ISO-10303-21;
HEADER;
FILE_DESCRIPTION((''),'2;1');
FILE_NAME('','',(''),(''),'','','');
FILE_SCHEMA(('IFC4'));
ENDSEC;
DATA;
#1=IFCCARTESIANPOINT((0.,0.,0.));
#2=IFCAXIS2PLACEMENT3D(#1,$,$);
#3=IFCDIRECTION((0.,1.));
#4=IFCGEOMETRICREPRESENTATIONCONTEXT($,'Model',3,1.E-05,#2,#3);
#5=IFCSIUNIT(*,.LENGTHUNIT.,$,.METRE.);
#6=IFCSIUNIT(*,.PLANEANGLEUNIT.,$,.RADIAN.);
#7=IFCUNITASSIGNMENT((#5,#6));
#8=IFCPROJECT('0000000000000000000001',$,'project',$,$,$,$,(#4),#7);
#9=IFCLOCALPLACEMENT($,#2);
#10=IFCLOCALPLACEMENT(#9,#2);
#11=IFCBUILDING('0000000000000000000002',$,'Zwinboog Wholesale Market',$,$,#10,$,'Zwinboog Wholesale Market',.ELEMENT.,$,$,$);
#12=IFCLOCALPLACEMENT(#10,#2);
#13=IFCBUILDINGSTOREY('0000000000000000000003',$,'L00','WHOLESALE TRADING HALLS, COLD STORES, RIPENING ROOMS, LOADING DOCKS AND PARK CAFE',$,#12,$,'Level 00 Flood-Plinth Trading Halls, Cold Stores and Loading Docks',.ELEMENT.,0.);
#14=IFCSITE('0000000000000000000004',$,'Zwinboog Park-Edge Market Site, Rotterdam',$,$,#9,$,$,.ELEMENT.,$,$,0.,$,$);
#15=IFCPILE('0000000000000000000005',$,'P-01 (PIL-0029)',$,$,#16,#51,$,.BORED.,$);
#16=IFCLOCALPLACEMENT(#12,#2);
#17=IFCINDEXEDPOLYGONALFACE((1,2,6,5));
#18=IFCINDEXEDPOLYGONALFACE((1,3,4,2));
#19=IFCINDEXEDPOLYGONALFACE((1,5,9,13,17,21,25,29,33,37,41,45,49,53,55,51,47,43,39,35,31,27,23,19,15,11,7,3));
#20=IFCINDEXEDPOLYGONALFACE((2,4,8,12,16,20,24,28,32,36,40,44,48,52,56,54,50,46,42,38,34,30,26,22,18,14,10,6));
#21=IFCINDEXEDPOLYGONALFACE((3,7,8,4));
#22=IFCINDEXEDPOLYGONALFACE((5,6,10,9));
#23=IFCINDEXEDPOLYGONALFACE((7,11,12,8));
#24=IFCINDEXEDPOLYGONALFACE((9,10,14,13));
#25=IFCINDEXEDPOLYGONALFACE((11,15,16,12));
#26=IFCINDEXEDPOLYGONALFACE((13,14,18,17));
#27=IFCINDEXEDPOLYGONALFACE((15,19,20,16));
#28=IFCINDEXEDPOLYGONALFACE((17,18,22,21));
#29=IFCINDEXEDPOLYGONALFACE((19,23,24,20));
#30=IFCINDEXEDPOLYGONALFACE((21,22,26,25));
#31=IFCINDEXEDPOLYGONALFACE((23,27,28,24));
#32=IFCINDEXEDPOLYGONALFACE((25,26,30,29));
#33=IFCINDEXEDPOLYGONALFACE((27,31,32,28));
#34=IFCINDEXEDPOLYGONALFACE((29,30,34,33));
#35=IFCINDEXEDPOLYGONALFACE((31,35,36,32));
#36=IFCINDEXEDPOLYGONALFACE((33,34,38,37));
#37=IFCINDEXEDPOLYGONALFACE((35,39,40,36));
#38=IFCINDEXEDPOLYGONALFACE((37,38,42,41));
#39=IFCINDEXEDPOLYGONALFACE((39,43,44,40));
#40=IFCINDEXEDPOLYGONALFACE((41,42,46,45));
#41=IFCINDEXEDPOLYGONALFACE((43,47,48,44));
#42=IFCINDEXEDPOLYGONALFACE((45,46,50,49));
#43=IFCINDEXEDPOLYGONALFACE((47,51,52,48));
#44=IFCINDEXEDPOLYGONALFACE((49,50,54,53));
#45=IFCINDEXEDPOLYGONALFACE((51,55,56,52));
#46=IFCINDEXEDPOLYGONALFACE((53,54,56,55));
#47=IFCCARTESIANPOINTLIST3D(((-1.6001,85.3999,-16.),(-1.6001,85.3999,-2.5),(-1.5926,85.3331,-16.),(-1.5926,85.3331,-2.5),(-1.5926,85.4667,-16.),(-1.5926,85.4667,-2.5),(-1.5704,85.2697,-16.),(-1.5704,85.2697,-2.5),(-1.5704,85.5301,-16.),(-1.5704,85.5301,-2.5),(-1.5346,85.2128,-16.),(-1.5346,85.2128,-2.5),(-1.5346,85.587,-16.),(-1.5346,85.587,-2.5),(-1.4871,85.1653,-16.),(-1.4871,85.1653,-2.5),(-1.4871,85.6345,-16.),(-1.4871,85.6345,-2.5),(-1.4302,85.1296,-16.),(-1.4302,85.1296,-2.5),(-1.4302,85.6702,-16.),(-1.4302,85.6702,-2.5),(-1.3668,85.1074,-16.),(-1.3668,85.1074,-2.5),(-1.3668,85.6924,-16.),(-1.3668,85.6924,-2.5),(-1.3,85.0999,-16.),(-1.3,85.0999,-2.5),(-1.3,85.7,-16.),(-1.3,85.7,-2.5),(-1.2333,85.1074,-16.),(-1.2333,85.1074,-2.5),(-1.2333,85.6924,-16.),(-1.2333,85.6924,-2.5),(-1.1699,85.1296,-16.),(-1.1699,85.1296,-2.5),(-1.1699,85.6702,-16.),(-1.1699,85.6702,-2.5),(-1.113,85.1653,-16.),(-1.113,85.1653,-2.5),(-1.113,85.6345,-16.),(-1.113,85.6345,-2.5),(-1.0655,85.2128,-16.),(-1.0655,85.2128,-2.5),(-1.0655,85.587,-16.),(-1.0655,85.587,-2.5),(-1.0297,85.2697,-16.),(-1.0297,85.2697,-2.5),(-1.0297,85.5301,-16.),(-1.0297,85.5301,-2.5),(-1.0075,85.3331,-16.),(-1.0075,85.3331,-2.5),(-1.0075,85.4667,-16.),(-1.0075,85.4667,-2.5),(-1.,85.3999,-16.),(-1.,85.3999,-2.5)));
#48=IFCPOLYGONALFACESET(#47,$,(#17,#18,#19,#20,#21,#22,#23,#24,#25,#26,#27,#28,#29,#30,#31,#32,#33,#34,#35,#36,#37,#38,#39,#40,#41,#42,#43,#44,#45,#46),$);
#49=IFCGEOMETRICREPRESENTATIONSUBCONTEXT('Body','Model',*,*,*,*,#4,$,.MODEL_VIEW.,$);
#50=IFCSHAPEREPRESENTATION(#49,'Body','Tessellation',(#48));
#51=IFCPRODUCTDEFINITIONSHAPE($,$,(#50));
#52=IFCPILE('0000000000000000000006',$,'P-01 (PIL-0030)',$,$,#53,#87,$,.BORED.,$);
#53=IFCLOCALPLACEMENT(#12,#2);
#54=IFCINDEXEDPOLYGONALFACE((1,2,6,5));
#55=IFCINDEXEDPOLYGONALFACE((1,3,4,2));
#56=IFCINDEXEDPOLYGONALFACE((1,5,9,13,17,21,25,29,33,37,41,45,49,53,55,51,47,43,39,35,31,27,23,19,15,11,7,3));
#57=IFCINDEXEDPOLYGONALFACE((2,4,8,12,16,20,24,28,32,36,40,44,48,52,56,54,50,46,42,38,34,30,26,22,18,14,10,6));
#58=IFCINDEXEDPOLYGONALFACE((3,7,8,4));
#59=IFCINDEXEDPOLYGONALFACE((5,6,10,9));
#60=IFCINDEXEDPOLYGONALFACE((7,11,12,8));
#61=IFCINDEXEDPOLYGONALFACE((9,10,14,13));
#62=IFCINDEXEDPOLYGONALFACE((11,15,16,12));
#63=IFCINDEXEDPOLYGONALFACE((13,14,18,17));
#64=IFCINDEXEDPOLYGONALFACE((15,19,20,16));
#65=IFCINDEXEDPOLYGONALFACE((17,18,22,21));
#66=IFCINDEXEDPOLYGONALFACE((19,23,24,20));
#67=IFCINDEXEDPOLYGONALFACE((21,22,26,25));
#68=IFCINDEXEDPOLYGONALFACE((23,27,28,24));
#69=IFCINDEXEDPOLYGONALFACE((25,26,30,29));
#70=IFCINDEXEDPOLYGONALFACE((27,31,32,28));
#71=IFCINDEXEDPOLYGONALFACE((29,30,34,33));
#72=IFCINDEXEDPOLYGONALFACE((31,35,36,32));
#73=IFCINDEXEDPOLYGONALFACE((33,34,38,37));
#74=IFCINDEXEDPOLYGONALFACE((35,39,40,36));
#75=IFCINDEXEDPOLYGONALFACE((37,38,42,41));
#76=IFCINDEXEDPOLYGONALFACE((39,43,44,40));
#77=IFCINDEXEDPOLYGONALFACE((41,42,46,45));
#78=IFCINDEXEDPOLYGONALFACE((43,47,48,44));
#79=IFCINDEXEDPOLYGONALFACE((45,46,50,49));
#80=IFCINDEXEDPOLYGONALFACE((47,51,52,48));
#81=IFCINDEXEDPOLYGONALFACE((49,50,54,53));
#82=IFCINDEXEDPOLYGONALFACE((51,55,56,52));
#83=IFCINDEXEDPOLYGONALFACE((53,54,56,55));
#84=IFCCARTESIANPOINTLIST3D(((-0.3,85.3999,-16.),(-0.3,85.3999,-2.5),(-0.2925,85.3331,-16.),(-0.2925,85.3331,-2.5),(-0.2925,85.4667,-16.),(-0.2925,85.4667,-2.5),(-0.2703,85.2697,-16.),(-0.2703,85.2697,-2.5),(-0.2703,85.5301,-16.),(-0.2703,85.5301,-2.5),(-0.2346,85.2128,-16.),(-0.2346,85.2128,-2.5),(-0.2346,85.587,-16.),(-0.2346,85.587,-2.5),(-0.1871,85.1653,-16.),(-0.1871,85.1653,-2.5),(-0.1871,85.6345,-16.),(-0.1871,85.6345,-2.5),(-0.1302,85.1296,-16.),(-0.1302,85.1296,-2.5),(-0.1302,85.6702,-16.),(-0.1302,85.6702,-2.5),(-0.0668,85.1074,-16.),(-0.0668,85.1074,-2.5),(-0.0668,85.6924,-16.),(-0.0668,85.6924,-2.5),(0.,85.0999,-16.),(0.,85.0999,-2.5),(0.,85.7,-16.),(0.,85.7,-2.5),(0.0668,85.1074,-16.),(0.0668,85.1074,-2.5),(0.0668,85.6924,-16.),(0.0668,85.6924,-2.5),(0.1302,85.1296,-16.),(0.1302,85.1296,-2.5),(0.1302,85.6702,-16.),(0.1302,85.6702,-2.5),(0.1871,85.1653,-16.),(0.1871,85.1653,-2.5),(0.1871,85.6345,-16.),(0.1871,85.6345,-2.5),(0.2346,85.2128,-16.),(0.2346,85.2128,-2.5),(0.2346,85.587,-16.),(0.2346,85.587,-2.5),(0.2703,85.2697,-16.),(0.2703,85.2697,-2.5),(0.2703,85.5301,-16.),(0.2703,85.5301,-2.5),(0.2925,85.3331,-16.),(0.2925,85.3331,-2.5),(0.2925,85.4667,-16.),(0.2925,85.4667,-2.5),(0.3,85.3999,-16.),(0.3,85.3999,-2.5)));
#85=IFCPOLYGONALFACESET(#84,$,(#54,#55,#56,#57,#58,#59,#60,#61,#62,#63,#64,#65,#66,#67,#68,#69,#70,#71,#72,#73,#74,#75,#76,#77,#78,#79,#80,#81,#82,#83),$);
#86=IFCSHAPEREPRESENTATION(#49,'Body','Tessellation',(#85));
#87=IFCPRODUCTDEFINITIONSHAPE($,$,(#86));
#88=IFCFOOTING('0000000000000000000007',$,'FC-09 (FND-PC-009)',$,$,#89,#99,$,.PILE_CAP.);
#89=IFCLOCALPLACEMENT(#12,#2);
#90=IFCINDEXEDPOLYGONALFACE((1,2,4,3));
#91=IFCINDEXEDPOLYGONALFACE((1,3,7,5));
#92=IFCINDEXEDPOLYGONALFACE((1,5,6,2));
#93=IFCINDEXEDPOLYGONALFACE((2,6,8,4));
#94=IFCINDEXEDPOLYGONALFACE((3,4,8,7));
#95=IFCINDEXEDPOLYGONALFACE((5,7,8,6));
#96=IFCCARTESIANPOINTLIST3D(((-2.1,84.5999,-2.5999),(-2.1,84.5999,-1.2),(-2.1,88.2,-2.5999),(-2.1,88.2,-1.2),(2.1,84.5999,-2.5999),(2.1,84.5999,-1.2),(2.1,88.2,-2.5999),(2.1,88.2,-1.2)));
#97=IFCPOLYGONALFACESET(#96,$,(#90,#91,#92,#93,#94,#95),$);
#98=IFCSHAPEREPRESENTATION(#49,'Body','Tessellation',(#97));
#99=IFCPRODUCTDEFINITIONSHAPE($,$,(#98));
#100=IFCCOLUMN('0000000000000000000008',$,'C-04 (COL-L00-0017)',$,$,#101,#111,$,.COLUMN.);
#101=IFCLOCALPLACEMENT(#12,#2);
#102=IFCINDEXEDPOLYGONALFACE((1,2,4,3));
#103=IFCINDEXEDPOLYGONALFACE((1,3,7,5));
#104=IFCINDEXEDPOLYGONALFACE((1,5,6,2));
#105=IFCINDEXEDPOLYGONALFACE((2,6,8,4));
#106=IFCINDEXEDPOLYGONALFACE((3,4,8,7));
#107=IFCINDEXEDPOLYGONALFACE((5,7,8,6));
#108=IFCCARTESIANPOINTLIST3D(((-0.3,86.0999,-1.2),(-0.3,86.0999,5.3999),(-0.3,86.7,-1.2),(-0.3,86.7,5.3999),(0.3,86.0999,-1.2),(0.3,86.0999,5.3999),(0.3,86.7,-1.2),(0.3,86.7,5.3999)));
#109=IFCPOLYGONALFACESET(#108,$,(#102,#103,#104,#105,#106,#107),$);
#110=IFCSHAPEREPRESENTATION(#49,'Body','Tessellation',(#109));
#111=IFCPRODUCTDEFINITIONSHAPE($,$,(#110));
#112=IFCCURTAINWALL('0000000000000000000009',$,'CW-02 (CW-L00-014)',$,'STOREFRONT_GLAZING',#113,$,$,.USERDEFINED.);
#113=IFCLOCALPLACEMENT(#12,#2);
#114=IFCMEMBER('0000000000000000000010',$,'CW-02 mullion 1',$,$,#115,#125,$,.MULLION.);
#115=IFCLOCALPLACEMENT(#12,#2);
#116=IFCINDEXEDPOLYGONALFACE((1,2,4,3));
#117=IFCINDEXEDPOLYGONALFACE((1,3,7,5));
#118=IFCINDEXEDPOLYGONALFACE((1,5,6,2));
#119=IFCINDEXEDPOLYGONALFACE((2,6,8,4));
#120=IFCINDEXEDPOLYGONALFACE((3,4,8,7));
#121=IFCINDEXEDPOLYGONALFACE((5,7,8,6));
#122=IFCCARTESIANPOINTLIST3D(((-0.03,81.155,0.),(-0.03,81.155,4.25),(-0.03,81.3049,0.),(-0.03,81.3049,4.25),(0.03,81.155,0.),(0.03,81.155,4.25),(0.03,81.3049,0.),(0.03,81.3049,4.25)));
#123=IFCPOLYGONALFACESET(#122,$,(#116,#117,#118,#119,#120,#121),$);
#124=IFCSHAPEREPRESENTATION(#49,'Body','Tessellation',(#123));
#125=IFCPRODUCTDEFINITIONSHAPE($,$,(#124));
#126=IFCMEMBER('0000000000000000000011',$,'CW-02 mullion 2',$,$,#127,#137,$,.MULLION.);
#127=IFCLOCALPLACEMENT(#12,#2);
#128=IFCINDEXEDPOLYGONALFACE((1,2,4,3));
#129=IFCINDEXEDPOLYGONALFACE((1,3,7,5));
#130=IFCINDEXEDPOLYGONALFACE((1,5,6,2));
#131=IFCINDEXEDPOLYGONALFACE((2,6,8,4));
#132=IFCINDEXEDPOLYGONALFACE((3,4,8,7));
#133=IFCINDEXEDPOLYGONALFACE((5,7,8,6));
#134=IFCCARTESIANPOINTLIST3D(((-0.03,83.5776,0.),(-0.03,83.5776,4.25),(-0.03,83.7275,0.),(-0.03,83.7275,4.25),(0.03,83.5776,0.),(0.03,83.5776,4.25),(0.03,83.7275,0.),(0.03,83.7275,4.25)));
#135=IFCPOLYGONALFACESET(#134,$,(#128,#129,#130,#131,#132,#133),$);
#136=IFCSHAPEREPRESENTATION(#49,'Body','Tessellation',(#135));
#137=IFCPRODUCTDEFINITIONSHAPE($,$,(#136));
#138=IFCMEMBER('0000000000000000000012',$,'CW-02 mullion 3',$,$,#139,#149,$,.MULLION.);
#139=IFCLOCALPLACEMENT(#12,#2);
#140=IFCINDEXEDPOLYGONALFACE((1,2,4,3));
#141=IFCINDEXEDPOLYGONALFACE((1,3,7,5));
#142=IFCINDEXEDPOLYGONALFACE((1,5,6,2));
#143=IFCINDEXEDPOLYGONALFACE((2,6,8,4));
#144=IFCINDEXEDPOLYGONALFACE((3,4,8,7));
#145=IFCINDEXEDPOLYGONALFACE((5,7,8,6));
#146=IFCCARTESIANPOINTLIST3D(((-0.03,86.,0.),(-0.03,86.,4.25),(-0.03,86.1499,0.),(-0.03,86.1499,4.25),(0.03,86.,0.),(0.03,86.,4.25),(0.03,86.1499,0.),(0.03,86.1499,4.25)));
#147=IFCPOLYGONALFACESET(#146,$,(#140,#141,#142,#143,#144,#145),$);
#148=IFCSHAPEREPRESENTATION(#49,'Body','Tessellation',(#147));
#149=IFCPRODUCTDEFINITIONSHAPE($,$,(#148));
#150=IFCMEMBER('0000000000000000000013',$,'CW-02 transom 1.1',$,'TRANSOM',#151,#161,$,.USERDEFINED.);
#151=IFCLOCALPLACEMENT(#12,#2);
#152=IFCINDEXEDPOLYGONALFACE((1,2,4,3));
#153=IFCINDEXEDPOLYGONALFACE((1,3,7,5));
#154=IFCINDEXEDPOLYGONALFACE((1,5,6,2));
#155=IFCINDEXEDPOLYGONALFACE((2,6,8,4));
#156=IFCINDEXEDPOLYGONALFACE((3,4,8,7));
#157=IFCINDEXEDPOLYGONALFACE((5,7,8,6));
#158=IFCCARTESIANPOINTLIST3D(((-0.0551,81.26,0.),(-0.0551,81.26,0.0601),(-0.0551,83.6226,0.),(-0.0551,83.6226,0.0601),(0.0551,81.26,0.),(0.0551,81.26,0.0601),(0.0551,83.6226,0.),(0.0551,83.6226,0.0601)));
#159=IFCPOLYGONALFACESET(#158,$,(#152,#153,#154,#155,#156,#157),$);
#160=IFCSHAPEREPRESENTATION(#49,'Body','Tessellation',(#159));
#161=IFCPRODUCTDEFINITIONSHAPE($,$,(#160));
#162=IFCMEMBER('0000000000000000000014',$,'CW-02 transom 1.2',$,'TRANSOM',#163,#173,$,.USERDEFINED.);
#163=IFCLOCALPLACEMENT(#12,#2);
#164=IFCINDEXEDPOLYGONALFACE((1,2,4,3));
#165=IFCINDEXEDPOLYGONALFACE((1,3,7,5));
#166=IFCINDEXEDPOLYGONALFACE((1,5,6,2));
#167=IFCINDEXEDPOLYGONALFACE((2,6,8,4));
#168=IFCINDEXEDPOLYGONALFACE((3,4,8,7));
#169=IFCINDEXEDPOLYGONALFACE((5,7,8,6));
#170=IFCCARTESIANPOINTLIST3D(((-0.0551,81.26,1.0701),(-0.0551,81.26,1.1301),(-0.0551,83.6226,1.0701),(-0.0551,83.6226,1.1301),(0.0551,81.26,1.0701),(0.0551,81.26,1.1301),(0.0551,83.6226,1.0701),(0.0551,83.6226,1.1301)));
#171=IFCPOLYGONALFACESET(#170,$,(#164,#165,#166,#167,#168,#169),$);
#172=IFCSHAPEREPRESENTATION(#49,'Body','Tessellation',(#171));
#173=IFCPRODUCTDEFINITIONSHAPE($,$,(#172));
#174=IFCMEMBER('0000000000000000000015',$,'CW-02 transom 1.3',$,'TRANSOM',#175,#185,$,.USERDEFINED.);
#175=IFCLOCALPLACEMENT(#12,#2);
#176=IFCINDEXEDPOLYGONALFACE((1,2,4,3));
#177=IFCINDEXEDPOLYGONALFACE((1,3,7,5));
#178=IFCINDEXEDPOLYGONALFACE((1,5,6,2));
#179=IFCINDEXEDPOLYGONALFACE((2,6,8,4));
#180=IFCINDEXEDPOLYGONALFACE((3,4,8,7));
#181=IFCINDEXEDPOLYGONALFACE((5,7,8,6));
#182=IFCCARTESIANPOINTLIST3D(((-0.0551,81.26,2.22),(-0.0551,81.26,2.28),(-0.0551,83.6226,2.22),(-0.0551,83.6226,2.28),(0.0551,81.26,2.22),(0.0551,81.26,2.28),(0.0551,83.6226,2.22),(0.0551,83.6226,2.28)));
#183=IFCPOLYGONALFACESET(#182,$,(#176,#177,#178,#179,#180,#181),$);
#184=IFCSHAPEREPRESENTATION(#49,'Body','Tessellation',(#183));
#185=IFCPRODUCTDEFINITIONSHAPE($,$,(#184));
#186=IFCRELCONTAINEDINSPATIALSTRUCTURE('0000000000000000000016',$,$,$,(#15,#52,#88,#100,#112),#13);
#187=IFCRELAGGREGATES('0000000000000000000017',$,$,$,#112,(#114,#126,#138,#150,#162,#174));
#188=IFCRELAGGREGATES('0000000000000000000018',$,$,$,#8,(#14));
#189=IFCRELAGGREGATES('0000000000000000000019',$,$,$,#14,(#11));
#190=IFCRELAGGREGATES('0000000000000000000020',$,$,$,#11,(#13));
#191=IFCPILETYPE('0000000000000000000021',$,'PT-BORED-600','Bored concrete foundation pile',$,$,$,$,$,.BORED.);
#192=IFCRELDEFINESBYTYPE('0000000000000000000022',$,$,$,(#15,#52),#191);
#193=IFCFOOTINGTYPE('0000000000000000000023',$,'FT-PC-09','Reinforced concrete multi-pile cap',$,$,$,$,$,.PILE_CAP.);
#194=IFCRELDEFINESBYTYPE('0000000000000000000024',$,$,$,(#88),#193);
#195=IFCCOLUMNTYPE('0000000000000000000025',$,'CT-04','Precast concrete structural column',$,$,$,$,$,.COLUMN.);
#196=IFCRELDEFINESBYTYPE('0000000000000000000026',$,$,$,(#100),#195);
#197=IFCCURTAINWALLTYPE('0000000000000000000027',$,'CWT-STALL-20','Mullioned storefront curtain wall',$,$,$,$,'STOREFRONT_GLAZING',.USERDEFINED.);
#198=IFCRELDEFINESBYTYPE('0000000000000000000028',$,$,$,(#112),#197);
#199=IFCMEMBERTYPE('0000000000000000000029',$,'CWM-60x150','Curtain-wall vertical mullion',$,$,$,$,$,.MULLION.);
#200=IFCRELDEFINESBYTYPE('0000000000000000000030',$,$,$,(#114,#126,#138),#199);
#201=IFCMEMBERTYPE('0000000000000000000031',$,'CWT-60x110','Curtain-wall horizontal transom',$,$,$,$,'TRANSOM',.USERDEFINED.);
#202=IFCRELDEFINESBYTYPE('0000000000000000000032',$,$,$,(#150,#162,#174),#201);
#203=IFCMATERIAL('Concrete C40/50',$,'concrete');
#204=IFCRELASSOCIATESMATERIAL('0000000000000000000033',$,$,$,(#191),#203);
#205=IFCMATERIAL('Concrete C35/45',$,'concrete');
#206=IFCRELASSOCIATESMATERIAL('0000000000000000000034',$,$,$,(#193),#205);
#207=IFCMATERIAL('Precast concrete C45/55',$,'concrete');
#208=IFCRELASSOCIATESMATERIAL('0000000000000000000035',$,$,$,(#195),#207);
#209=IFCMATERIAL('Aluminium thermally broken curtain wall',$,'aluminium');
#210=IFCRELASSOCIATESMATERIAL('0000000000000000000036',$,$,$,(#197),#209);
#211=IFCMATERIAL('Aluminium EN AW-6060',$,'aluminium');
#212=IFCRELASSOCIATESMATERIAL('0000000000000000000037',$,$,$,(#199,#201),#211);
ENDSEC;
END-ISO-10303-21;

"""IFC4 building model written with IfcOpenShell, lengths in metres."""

from ifc_helpers import new_model, si_unit, direction, frame, origin, origin_2d, place, context, subcontext, project, spatial, rectangle, circle, extrude, material, material_profile, profile_set, type_object, element, aggregate, save


model = new_model("IFC4")

# Units and contexts
model_context = context("Model", 3, precision=1e-05, world=origin(), true_north=direction((0.0, 1.0)))
body_context = subcontext(model_context, "Body", "Model", "MODEL_VIEW")
ifc_project = project(units=[si_unit("LENGTHUNIT", "METRE"), si_unit("PLANEANGLEUNIT", "RADIAN")], contexts=[model_context])

# Site, building, storey
site_placement = place(None, origin())
site = spatial("IfcSite", under=ifc_project, at=site_placement, Name="Zwinboog Park-Edge Market Site, Rotterdam", CompositionType="ELEMENT", RefElevation=0.0)
building_placement = place(site_placement, origin())
building = spatial("IfcBuilding", under=site, at=building_placement, Name="Zwinboog Wholesale Market", LongName="Zwinboog Wholesale Market", CompositionType="ELEMENT")
storey_placement = place(building_placement, origin())
storey = spatial("IfcBuildingStorey", under=building, at=storey_placement, Name="L00", Description="WHOLESALE TRADING HALLS, COLD STORES, RIPENING ROOMS, LOADING DOCKS AND PARK CAFE", LongName="Level 00 Flood-Plinth Trading Halls, Cold Stores and Loading Docks", CompositionType="ELEMENT", Elevation=0.0)

# Piles
ifc_material_1 = material(Name="Concrete C40/50", Category="concrete")
ifc_material_profile_1 = material_profile(ifc_material_1, circle(Radius=0.3, at=origin_2d()), Name="PILE D600")
ifc_profile_set_1 = profile_set([ifc_material_profile_1], Name="Concrete C40/50")
pile_type = type_object("IfcPileType", Name="PT-BORED-600", Description="Bored concrete foundation pile", PredefinedType="BORED", material=ifc_profile_set_1)
for number, where, z_axis, x_axis, name in (
    (1, (-1.3, 85.3999, -2.5), (0.0, 0.0, -1.0), (1.0, 0.0, 0.0), "P-01 (PIL-0029)"),
    (2, (0.0, 85.3999, -2.5), (0.0, 0.0, -1.0), (1.0, 0.0, 0.0), "P-01 (PIL-0030)"),
):
    element("IfcPile", number, at=place(storey_placement, frame(where, z_axis=z_axis, x_axis=x_axis)), inside=storey, type_object=pile_type, Name=name, PredefinedType="BORED", context=body_context, shape_type="SweptSolid", body=[
        extrude(circle(Radius=0.3, at=origin_2d()), origin(), (0.0, 0.0, 1.0), 13.5),
    ])

# Footing
ifc_material_2 = material(Name="Concrete C35/45", Category="concrete")
footing_type = type_object("IfcFootingType", Name="FT-PC-09", Description="Reinforced concrete multi-pile cap", PredefinedType="PILE_CAP", material=ifc_material_2)
footing_placement = place(storey_placement, frame((0.0, 86.3999, -2.5999), z_axis=(0.0, 0.0, 1.0), x_axis=(1.0, 0.0, 0.0)))
element("IfcFooting", 3, at=footing_placement, inside=storey, type_object=footing_type, Name="FC-09 (FND-PC-009)", PredefinedType="PILE_CAP", context=body_context, shape_type="SweptSolid", body=[
    extrude(rectangle(XDim=4.2, YDim=3.6001, at=origin_2d()), origin(), (0.0, 0.0, 1.0), 1.3999),
])

# Column
ifc_material_3 = material(Name="Precast concrete C45/55", Category="concrete")
ifc_material_profile_2 = material_profile(ifc_material_3, rectangle(XDim=0.6001, YDim=0.6001, at=origin_2d()), Name="PC 600x600")
ifc_profile_set_2 = profile_set([ifc_material_profile_2], Name="Precast concrete C45/55")
column_type = type_object("IfcColumnType", Name="CT-04", Description="Precast concrete structural column", PredefinedType="COLUMN", material=ifc_profile_set_2)
column_placement = place(storey_placement, frame((0.0, 86.3999, -1.2), z_axis=(0.0, 0.0, 1.0), x_axis=(1.0, 0.0, 0.0)))
element("IfcColumn", 4, at=column_placement, inside=storey, type_object=column_type, Name="C-04 (COL-L00-0017)", PredefinedType="COLUMN", context=body_context, shape_type="SweptSolid", body=[
    extrude(rectangle(XDim=0.6001, YDim=0.6001, at=origin_2d()), origin(), (0.0, 0.0, 1.0), 6.5999),
])

# Curtain wall, members
ifc_material_4 = material(Name="Aluminium thermally broken curtain wall", Category="aluminium")
curtain_wall_type = type_object("IfcCurtainWallType", Name="CWT-STALL-20", Description="Mullioned storefront curtain wall", ElementType="STOREFRONT_GLAZING", PredefinedType="USERDEFINED", material=ifc_material_4)
curtain_wall_placement = place(storey_placement, origin())
curtain_wall = element("IfcCurtainWall", 5, at=curtain_wall_placement, inside=storey, type_object=curtain_wall_type, Name="CW-02 (CW-L00-014)", ObjectType="STOREFRONT_GLAZING", PredefinedType="USERDEFINED")
ifc_material_5 = material(Name="Aluminium EN AW-6060", Category="aluminium")
ifc_material_profile_3 = material_profile(ifc_material_5, rectangle(XDim=0.0601, YDim=0.1499, at=origin_2d()), Name="AL 60x150")
ifc_profile_set_3 = profile_set([ifc_material_profile_3], Name="Aluminium EN AW-6060")
member_type_1 = type_object("IfcMemberType", Name="CWM-60x150", Description="Curtain-wall vertical mullion", PredefinedType="MULLION", material=ifc_profile_set_3)
member_1_placement = place(storey_placement, frame((0.0, 81.23, 0.0), z_axis=(0.0, 0.0, 1.0), x_axis=(-1.0, 0.0, 0.0)))
member_1 = element("IfcMember", 6, at=member_1_placement, type_object=member_type_1, Name="CW-02 mullion 1", PredefinedType="MULLION", context=body_context, shape_type="SweptSolid", body=[
    extrude(rectangle(XDim=0.0601, YDim=0.1499, at=origin_2d()), origin(), (0.0, 0.0, 1.0), 4.25),
])
member_2_placement = place(storey_placement, frame((0.0, 83.6526, 0.0), z_axis=(0.0, 0.0, 1.0), x_axis=(-1.0, 0.0, 0.0)))
member_2 = element("IfcMember", 7, at=member_2_placement, type_object=member_type_1, Name="CW-02 mullion 2", PredefinedType="MULLION", context=body_context, shape_type="SweptSolid", body=[
    extrude(rectangle(XDim=0.0601, YDim=0.1499, at=origin_2d()), origin(), (0.0, 0.0, 1.0), 4.25),
])
member_3_placement = place(storey_placement, frame((0.0, 86.075, 0.0), z_axis=(0.0, 0.0, 1.0), x_axis=(-1.0, 0.0, 0.0)))
member_3 = element("IfcMember", 8, at=member_3_placement, type_object=member_type_1, Name="CW-02 mullion 3", PredefinedType="MULLION", context=body_context, shape_type="SweptSolid", body=[
    extrude(rectangle(XDim=0.0601, YDim=0.1499, at=origin_2d()), origin(), (0.0, 0.0, 1.0), 4.25),
])
ifc_material_profile_4 = material_profile(ifc_material_5, rectangle(XDim=0.1101, YDim=0.0601, at=origin_2d()), Name="AL 60x110")
ifc_profile_set_4 = profile_set([ifc_material_profile_4], Name="Aluminium EN AW-6060")
member_type_2 = type_object("IfcMemberType", Name="CWT-60x110", Description="Curtain-wall horizontal transom", ElementType="TRANSOM", PredefinedType="USERDEFINED", material=ifc_profile_set_4)
member_4_placement = place(storey_placement, frame((0.0, 81.26, 0.03), z_axis=(0.0, 1.0, 0.0), x_axis=(-1.0, 0.0, 0.0)))
member_4 = element("IfcMember", 9, at=member_4_placement, type_object=member_type_2, Name="CW-02 transom 1.1", ObjectType="TRANSOM", PredefinedType="USERDEFINED", context=body_context, shape_type="SweptSolid", body=[
    extrude(rectangle(XDim=0.1101, YDim=0.0601, at=origin_2d()), origin(), (0.0, 0.0, 1.0), 2.3625),
])
member_5_placement = place(storey_placement, frame((0.0, 81.26, 1.1001), z_axis=(0.0, 1.0, 0.0), x_axis=(-1.0, 0.0, 0.0)))
member_5 = element("IfcMember", 10, at=member_5_placement, type_object=member_type_2, Name="CW-02 transom 1.2", ObjectType="TRANSOM", PredefinedType="USERDEFINED", context=body_context, shape_type="SweptSolid", body=[
    extrude(rectangle(XDim=0.1101, YDim=0.0601, at=origin_2d()), origin(), (0.0, 0.0, 1.0), 2.3625),
])
member_6_placement = place(storey_placement, frame((0.0, 81.26, 2.25), z_axis=(0.0, 1.0, 0.0), x_axis=(-1.0, 0.0, 0.0)))
member_6 = element("IfcMember", 11, at=member_6_placement, type_object=member_type_2, Name="CW-02 transom 1.3", ObjectType="TRANSOM", PredefinedType="USERDEFINED", context=body_context, shape_type="SweptSolid", body=[
    extrude(rectangle(XDim=0.1101, YDim=0.0601, at=origin_2d()), origin(), (0.0, 0.0, 1.0), 2.3625),
])
aggregate(curtain_wall, [member_1, member_2, member_3, member_4, member_5, member_6])

save(model, "model.ifc")
